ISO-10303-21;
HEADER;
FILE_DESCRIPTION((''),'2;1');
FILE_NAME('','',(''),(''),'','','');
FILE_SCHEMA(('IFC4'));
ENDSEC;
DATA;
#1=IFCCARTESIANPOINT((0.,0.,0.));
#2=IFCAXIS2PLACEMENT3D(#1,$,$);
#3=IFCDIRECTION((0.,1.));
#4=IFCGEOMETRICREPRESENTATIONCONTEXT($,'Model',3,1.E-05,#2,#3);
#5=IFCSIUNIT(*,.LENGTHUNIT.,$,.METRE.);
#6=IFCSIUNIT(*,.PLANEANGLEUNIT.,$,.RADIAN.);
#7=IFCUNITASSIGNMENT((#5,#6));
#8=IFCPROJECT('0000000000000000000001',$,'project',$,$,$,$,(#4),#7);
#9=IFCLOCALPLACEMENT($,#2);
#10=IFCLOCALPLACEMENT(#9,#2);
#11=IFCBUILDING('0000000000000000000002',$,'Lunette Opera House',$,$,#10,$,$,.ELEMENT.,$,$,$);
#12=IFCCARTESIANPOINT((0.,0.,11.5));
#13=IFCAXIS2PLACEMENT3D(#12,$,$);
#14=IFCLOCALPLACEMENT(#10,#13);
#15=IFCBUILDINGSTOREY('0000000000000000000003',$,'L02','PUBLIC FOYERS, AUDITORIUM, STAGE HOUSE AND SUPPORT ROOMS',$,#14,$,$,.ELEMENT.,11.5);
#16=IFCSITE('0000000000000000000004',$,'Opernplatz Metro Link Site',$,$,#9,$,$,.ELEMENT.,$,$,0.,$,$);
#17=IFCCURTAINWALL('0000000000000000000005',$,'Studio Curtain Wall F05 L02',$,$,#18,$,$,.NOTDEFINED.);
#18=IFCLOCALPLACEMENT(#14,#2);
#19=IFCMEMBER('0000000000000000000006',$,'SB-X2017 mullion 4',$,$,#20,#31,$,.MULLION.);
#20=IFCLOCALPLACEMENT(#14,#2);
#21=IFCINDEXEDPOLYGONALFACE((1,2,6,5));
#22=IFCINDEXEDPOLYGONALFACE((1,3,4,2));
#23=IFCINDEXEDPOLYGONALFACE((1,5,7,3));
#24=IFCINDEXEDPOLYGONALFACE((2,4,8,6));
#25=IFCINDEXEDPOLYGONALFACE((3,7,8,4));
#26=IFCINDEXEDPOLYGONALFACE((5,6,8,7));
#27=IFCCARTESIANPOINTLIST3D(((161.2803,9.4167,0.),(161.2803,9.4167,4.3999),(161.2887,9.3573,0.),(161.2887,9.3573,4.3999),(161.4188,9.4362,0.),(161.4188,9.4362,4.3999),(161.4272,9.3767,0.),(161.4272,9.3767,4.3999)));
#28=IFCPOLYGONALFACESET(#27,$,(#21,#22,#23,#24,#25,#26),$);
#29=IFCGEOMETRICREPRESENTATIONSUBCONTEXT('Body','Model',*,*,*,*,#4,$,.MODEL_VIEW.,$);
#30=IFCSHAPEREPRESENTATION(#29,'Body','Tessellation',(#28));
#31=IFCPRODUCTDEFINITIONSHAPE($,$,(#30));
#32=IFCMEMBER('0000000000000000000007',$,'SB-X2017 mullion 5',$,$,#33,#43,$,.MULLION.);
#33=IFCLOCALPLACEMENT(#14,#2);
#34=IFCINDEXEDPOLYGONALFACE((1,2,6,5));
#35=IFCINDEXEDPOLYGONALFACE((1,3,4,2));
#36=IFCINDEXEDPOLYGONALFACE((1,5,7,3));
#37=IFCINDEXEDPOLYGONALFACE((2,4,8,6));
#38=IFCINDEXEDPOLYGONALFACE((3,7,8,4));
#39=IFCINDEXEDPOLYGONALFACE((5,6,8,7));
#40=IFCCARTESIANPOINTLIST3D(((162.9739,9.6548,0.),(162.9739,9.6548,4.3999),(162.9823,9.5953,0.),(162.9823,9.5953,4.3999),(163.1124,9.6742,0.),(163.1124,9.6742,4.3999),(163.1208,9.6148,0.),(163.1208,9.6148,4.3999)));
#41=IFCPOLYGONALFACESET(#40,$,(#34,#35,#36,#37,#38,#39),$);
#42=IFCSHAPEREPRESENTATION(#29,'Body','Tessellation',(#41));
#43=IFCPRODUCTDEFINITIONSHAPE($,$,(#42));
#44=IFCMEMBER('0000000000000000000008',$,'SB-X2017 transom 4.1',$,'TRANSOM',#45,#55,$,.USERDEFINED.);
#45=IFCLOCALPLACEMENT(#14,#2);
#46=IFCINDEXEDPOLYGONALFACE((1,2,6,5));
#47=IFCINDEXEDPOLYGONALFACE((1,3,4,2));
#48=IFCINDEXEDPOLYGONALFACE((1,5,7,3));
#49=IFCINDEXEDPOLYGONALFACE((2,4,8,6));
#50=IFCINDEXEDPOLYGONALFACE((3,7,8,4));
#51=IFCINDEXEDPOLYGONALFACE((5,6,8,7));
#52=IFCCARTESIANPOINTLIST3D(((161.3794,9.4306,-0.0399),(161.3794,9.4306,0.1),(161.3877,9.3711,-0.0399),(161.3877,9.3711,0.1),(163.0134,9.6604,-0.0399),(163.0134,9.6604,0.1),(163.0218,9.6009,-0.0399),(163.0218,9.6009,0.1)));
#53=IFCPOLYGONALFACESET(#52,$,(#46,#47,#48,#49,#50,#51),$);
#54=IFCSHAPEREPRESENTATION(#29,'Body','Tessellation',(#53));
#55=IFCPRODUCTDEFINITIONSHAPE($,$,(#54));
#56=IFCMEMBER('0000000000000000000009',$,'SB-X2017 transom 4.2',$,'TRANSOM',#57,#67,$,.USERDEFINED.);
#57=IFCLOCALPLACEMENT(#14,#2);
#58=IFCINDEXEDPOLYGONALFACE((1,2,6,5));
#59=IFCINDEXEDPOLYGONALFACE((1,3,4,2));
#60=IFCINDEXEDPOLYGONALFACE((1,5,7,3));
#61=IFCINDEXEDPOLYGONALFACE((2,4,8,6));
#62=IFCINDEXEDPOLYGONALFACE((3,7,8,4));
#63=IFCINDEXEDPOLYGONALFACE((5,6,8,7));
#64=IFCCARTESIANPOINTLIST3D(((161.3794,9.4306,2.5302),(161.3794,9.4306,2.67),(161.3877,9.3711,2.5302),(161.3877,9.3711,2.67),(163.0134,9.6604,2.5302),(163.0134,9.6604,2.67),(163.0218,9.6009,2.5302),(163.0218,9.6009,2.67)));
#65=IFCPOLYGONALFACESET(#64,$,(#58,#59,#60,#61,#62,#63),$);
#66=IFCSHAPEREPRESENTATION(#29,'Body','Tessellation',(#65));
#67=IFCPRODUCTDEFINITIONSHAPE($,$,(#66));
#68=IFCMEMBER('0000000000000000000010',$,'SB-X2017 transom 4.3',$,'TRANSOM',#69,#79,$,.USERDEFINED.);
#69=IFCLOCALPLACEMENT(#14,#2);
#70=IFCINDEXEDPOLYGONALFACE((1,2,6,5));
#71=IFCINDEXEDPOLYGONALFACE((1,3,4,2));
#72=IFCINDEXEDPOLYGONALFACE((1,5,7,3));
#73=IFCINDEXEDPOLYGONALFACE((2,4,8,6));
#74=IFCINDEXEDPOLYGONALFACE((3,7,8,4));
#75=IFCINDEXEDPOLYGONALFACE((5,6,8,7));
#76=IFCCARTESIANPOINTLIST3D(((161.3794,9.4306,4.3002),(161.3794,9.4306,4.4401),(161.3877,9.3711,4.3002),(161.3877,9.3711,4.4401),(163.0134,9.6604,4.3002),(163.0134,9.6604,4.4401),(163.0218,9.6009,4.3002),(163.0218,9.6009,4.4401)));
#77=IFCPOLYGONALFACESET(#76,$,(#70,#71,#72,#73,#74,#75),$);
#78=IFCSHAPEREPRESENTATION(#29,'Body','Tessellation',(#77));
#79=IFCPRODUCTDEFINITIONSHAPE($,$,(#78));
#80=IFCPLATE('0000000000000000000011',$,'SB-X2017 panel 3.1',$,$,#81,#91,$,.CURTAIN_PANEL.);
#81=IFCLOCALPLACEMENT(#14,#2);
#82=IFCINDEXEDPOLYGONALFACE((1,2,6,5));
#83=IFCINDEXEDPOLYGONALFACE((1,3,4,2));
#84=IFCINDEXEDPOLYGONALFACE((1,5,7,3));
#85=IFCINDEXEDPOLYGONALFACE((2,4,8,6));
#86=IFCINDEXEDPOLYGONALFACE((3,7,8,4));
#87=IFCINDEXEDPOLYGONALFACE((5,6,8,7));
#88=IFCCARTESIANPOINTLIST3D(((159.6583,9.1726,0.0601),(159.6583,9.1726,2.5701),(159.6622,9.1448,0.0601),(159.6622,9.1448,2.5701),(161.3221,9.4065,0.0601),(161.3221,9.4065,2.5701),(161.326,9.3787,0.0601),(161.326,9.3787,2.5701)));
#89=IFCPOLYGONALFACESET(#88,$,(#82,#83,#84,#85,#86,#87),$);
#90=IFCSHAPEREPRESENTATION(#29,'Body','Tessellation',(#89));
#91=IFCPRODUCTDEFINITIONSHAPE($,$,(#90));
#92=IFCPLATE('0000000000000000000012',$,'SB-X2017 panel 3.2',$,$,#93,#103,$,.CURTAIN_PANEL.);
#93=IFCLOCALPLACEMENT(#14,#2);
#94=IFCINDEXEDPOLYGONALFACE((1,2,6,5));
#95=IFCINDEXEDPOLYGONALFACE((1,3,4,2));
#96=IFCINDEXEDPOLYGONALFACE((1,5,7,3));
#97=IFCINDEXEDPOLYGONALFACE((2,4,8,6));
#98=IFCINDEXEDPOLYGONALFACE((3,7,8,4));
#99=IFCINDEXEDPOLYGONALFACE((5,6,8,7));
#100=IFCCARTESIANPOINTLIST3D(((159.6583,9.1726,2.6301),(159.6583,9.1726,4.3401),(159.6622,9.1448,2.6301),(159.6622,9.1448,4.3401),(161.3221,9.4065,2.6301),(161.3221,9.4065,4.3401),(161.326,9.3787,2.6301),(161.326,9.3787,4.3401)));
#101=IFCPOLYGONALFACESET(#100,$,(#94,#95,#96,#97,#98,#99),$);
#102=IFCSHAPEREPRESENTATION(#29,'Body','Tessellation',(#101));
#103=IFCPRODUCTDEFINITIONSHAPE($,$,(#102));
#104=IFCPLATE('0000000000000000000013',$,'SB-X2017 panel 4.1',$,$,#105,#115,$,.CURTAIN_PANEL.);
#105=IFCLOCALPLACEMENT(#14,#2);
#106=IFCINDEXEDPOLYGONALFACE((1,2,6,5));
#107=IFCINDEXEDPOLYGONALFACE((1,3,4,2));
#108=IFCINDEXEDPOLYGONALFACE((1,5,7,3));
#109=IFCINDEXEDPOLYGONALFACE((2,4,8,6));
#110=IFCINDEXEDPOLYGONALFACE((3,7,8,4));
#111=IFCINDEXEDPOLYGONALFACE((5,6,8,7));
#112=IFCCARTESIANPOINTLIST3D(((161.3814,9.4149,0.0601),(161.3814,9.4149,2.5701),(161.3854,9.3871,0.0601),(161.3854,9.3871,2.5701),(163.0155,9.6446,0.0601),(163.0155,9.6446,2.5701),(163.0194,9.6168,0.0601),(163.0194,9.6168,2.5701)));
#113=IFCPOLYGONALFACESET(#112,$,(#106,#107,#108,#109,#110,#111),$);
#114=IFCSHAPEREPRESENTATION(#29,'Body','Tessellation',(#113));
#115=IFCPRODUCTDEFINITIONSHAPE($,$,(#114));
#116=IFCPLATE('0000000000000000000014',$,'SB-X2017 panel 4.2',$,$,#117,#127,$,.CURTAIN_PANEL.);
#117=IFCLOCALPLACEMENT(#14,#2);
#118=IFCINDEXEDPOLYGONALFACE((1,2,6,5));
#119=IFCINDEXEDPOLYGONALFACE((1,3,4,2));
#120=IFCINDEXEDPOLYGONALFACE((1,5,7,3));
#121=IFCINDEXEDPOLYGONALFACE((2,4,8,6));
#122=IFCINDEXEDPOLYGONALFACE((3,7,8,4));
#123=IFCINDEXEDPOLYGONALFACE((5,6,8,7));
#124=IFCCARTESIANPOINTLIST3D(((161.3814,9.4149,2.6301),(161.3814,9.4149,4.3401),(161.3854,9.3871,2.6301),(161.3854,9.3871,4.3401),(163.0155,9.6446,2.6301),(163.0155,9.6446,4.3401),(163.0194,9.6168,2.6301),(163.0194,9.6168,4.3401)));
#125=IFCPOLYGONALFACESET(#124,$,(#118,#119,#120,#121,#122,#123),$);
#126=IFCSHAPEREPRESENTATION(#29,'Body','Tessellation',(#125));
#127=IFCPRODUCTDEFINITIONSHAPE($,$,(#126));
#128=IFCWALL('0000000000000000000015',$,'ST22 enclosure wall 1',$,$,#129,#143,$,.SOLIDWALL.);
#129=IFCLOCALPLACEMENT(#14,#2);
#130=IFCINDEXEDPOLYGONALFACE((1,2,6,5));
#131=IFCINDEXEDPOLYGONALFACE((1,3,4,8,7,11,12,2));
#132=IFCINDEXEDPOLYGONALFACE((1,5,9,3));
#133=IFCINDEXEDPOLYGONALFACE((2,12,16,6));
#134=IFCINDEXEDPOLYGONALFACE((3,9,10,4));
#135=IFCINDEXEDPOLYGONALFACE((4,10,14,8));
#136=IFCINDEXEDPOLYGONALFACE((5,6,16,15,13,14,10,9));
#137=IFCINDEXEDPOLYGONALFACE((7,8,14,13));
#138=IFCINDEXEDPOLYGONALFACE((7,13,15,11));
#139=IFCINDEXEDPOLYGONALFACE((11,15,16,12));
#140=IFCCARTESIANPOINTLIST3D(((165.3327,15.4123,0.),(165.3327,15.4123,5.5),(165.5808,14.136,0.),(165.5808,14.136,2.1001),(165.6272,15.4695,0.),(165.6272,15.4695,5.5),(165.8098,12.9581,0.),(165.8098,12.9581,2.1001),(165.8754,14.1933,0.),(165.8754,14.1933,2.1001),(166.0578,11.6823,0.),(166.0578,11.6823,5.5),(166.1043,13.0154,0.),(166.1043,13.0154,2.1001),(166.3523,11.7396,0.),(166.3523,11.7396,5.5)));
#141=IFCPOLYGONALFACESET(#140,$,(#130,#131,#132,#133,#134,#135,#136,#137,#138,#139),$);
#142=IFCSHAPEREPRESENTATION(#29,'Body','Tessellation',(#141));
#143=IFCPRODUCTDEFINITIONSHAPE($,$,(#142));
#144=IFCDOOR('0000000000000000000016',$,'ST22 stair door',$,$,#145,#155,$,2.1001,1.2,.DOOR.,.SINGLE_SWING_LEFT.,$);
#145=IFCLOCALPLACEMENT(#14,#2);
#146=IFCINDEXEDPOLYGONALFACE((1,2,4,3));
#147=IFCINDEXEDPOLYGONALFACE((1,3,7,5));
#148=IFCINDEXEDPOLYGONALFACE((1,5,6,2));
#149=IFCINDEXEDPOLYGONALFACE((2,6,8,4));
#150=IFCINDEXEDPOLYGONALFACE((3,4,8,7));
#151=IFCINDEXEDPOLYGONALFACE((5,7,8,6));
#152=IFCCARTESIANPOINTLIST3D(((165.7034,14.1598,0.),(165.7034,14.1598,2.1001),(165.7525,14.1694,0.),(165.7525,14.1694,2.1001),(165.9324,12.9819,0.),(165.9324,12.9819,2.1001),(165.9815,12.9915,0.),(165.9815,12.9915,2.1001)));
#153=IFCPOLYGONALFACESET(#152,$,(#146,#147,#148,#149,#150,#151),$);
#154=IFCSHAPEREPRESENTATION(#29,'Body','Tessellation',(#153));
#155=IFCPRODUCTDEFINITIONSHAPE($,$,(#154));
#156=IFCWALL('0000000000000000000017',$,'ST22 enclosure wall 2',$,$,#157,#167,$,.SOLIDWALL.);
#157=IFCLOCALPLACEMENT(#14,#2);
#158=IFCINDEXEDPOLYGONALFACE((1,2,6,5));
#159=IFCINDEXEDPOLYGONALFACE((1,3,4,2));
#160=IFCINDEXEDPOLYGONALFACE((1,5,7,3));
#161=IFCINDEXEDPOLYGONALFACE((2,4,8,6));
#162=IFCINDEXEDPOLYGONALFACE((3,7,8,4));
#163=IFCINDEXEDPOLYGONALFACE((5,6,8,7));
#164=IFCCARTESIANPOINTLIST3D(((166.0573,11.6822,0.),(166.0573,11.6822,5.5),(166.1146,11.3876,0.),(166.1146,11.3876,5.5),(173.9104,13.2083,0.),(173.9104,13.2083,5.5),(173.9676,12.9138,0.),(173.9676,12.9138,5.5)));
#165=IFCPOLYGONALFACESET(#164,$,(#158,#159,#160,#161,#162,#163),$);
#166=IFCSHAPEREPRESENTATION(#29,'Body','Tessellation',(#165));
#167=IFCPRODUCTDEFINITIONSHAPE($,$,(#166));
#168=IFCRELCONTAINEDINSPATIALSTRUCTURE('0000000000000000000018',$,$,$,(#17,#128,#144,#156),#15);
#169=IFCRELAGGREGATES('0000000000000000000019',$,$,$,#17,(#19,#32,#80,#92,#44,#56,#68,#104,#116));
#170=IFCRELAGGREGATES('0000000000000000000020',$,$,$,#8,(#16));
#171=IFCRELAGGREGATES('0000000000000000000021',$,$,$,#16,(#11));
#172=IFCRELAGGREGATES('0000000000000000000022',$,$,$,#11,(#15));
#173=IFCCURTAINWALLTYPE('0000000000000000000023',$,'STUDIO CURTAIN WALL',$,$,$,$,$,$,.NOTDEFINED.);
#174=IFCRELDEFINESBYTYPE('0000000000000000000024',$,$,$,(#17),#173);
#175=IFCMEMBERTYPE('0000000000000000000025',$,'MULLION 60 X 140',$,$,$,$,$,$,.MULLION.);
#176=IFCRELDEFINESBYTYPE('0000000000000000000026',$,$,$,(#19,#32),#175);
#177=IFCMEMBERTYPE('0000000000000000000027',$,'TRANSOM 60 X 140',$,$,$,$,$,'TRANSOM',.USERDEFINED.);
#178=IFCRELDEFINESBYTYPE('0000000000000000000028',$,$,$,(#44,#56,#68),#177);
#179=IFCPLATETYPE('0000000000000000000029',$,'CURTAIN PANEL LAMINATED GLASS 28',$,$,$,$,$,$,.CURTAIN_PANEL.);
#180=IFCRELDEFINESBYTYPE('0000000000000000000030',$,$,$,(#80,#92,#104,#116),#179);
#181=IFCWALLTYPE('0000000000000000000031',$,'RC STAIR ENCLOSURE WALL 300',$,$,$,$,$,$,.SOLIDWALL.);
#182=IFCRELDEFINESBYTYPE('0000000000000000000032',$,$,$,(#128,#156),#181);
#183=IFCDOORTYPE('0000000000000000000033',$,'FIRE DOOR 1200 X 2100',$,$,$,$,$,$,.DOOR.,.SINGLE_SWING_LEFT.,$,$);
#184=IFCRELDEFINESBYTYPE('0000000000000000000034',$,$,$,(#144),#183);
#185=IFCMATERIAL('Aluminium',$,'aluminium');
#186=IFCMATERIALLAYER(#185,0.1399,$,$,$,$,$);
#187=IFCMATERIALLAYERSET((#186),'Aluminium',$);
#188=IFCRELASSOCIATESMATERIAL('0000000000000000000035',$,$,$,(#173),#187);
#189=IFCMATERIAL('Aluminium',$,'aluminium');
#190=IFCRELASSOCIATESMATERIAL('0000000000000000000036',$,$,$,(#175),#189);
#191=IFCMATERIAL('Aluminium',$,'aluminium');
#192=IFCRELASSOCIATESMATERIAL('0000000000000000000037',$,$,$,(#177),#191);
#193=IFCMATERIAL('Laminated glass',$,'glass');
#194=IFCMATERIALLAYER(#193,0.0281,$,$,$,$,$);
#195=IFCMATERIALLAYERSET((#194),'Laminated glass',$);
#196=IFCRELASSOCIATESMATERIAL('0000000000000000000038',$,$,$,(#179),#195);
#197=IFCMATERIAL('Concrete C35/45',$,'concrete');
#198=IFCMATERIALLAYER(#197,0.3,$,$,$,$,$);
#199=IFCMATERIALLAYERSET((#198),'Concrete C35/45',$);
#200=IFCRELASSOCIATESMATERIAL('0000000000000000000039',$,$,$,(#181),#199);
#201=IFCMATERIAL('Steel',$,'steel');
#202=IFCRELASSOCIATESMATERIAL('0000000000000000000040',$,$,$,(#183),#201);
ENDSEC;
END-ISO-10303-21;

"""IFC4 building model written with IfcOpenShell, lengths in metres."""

from ifc_helpers import new_model, si_unit, direction, frame, frame_2d, origin, origin_2d, place, context, subcontext, project, spatial, rectangle, extrude, material, layer, layer_set, material_profile, profile_set, type_object, element, fill, aggregate, save


model = new_model("IFC4")

# Units and contexts
model_context = context("Model", 3, precision=1e-05, world=origin(), true_north=direction((0.0, 1.0)))
body_context = subcontext(model_context, "Body", "Model", "MODEL_VIEW")
ifc_project = project(units=[si_unit("LENGTHUNIT", "METRE"), si_unit("PLANEANGLEUNIT", "RADIAN")], contexts=[model_context])

# Site, building, storey
site_placement = place(None, origin())
site = spatial("IfcSite", under=ifc_project, at=site_placement, Name="Opernplatz Metro Link Site", CompositionType="ELEMENT", RefElevation=0.0)
building_placement = place(site_placement, origin())
building = spatial("IfcBuilding", under=site, at=building_placement, Name="Lunette Opera House", CompositionType="ELEMENT")
storey_placement = place(building_placement, frame((0.0, 0.0, 11.5)))
storey = spatial("IfcBuildingStorey", under=building, at=storey_placement, Name="L02", Description="PUBLIC FOYERS, AUDITORIUM, STAGE HOUSE AND SUPPORT ROOMS", CompositionType="ELEMENT", Elevation=11.5)

# Curtain wall, members, plates
ifc_material_1 = material(Name="Aluminium", Category="aluminium")
ifc_layer_1 = layer(ifc_material_1, 0.1399)
ifc_layer_set_1 = layer_set([ifc_layer_1], Name="Aluminium")
curtain_wall_type = type_object("IfcCurtainWallType", Name="STUDIO CURTAIN WALL", PredefinedType="NOTDEFINED", material=ifc_layer_set_1)
curtain_wall_placement = place(storey_placement, origin())
curtain_wall = element("IfcCurtainWall", 1, at=curtain_wall_placement, inside=storey, type_object=curtain_wall_type, Name="Studio Curtain Wall F05 L02", PredefinedType="NOTDEFINED")
ifc_material_2 = material(Name="Aluminium", Category="aluminium")
ifc_material_profile_1 = material_profile(ifc_material_2, rectangle(XDim=0.0601, YDim=0.1399, at=origin_2d()), Name="MULLION 60 X 140")
ifc_profile_set_1 = profile_set([ifc_material_profile_1], Name="Aluminium")
member_type_1 = type_object("IfcMemberType", Name="MULLION 60 X 140", PredefinedType="MULLION", material=ifc_profile_set_1)
member_1_placement = place(storey_placement, frame((161.3538, 9.3967, 0.0), z_axis=(0.0, 0.0, 1.0), x_axis=(-0.139209, 0.990263, 0.0)))
member_1 = element("IfcMember", 2, at=member_1_placement, type_object=member_type_1, Name="SB-X2017 mullion 4", PredefinedType="MULLION", context=body_context, shape_type="SweptSolid", body=[
    extrude(rectangle(XDim=0.0601, YDim=0.1399, at=origin_2d()), origin(), (0.0, 0.0, 1.0), 4.3999),
])
member_2_placement = place(storey_placement, frame((163.0474, 9.6348, 0.0), z_axis=(0.0, 0.0, 1.0), x_axis=(-0.139209, 0.990263, 0.0)))
member_2 = element("IfcMember", 3, at=member_2_placement, type_object=member_type_1, Name="SB-X2017 mullion 5", PredefinedType="MULLION", context=body_context, shape_type="SweptSolid", body=[
    extrude(rectangle(XDim=0.0601, YDim=0.1399, at=origin_2d()), origin(), (0.0, 0.0, 1.0), 4.3999),
])
ifc_material_3 = material(Name="Aluminium", Category="aluminium")
ifc_material_profile_2 = material_profile(ifc_material_3, rectangle(XDim=0.0601, YDim=0.1399, at=origin_2d()), Name="TRANSOM 60 X 140")
ifc_profile_set_2 = profile_set([ifc_material_profile_2], Name="Aluminium")
member_type_2 = type_object("IfcMemberType", Name="TRANSOM 60 X 140", ElementType="TRANSOM", PredefinedType="USERDEFINED", material=ifc_profile_set_2)
member_3_placement = place(storey_placement, frame((161.3835, 9.4009, 0.03), z_axis=(0.990261, 0.139225, 0.0), x_axis=(-0.139225, 0.990261, 0.0)))
member_3 = element("IfcMember", 4, at=member_3_placement, type_object=member_type_2, Name="SB-X2017 transom 4.1", ObjectType="TRANSOM", PredefinedType="USERDEFINED", context=body_context, shape_type="SweptSolid", body=[
    extrude(rectangle(XDim=0.0601, YDim=0.1399, at=origin_2d()), origin(), (0.0, 0.0, 1.0), 1.6501),
])
member_4_placement = place(storey_placement, frame((161.3835, 9.4009, 2.6001), z_axis=(0.990261, 0.139225, 0.0), x_axis=(-0.139225, 0.990261, 0.0)))
member_4 = element("IfcMember", 5, at=member_4_placement, type_object=member_type_2, Name="SB-X2017 transom 4.2", ObjectType="TRANSOM", PredefinedType="USERDEFINED", context=body_context, shape_type="SweptSolid", body=[
    extrude(rectangle(XDim=0.0601, YDim=0.1399, at=origin_2d()), origin(), (0.0, 0.0, 1.0), 1.6501),
])
member_5_placement = place(storey_placement, frame((161.3835, 9.4009, 4.3701), z_axis=(0.990261, 0.139225, 0.0), x_axis=(-0.139225, 0.990261, 0.0)))
member_5 = element("IfcMember", 6, at=member_5_placement, type_object=member_type_2, Name="SB-X2017 transom 4.3", ObjectType="TRANSOM", PredefinedType="USERDEFINED", context=body_context, shape_type="SweptSolid", body=[
    extrude(rectangle(XDim=0.0601, YDim=0.1399, at=origin_2d()), origin(), (0.0, 0.0, 1.0), 1.6501),
])
ifc_material_4 = material(Name="Laminated glass", Category="glass")
ifc_layer_2 = layer(ifc_material_4, 0.0281)
ifc_layer_set_2 = layer_set([ifc_layer_2], Name="Laminated glass")
plate_type = type_object("IfcPlateType", Name="CURTAIN PANEL LAMINATED GLASS 28", PredefinedType="CURTAIN_PANEL", material=ifc_layer_set_2)
plate_1_placement = place(storey_placement, frame((160.4922, 9.2756, 0.0601), z_axis=(0.0, 0.0, 1.0), x_axis=(0.990263, 0.139209, 0.0)))
plate_1 = element("IfcPlate", 7, at=plate_1_placement, type_object=plate_type, Name="SB-X2017 panel 3.1", PredefinedType="CURTAIN_PANEL", context=body_context, shape_type="SweptSolid", body=[
    extrude(rectangle(XDim=1.6802, YDim=0.0281, at=origin_2d()), origin(), (0.0, 0.0, 1.0), 2.51),
])
plate_2_placement = place(storey_placement, frame((160.4922, 9.2756, 2.6301), z_axis=(0.0, 0.0, 1.0), x_axis=(0.990263, 0.139209, 0.0)))
plate_2 = element("IfcPlate", 8, at=plate_2_placement, type_object=plate_type, Name="SB-X2017 panel 3.2", PredefinedType="CURTAIN_PANEL", context=body_context, shape_type="SweptSolid", body=[
    extrude(rectangle(XDim=1.6802, YDim=0.0281, at=origin_2d()), origin(), (0.0, 0.0, 1.0), 1.71),
])
plate_3_placement = place(storey_placement, frame((162.2004, 9.5159, 0.0601), z_axis=(0.0, 0.0, 1.0), x_axis=(0.990263, 0.139209, 0.0)))
plate_3 = element("IfcPlate", 9, at=plate_3_placement, type_object=plate_type, Name="SB-X2017 panel 4.1", PredefinedType="CURTAIN_PANEL", context=body_context, shape_type="SweptSolid", body=[
    extrude(rectangle(XDim=1.6501, YDim=0.0281, at=origin_2d()), origin(), (0.0, 0.0, 1.0), 2.51),
])
plate_4_placement = place(storey_placement, frame((162.2004, 9.5159, 2.6301), z_axis=(0.0, 0.0, 1.0), x_axis=(0.990263, 0.139209, 0.0)))
plate_4 = element("IfcPlate", 10, at=plate_4_placement, type_object=plate_type, Name="SB-X2017 panel 4.2", PredefinedType="CURTAIN_PANEL", context=body_context, shape_type="SweptSolid", body=[
    extrude(rectangle(XDim=1.6501, YDim=0.0281, at=origin_2d()), origin(), (0.0, 0.0, 1.0), 1.71),
])
aggregate(curtain_wall, [member_1, member_2, plate_1, plate_2, member_3, member_4, member_5, plate_3, plate_4])

# Wall, opening, door
ifc_material_5 = material(Name="Concrete C35/45", Category="concrete")
ifc_layer_3 = layer(ifc_material_5, 0.3)
ifc_layer_set_3 = layer_set([ifc_layer_3], Name="Concrete C35/45")
wall_type_1 = type_object("IfcWallType", Name="RC STAIR ENCLOSURE WALL 300", PredefinedType="SOLIDWALL", material=ifc_layer_set_3)
wall_1_placement = place(storey_placement, frame((165.48, 15.4409, 0.0), z_axis=(0.0, 0.0, 1.0), x_axis=(0.190825, -0.981624, 0.0)))
wall_1 = element("IfcWall", 11, at=wall_1_placement, inside=storey, type_object=wall_type_1, Name="ST22 enclosure wall 1", PredefinedType="SOLIDWALL", context=body_context, shape_type="SweptSolid", body=[
    extrude(rectangle(XDim=3.7998, YDim=0.3, at=frame_2d((1.8999, 0.0))), origin(), (0.0, 0.0, 1.0), 5.5),
])
opening_1_placement = place(wall_1_placement, frame((1.3, 0.0, 0.0)))
opening_1 = element("IfcOpeningElement", 12, at=opening_1_placement, cuts=wall_1, PredefinedType="OPENING", context=body_context, shape_type="SweptSolid", body=[
    extrude(rectangle(XDim=1.2, YDim=2.1001, at=frame_2d((0.6001, 1.05))), frame((0.0, 0.1621, 0.0), z_axis=(0.0, -1.0, 0.0), x_axis=(1.0, 0.0, 0.0)), (0.0, 0.0, 1.0), 0.324),
])
ifc_material_6 = material(Name="Steel", Category="steel")
door_type = type_object("IfcDoorType", Name="FIRE DOOR 1200 X 2100", OperationType="SINGLE_SWING_LEFT", PredefinedType="DOOR", material=ifc_material_6)
door_placement = place(opening_1_placement, origin())
door = element("IfcDoor", 13, at=door_placement, inside=storey, type_object=door_type, Name="ST22 stair door", OperationType="SINGLE_SWING_LEFT", OverallHeight=2.1001, OverallWidth=1.2, PredefinedType="DOOR", context=body_context, shape_type="SweptSolid", body=[
    extrude(rectangle(XDim=1.2, YDim=2.1001, at=frame_2d((0.6001, 1.05))), frame((0.0, 0.0249, 0.0), z_axis=(0.0, -1.0, 0.0), x_axis=(1.0, 0.0, 0.0)), (0.0, 0.0, 1.0), 0.05),
])
fill(opening_1, door)

# Wall
wall_2_placement = place(storey_placement, frame((166.0859, 11.5349, 0.0), z_axis=(0.0, 0.0, 1.0), x_axis=(0.981635, 0.190767, 0.0)))
element("IfcWall", 14, at=wall_2_placement, inside=storey, type_object=wall_type_1, Name="ST22 enclosure wall 2", PredefinedType="SOLIDWALL", context=body_context, shape_type="SweptSolid", body=[
    extrude(rectangle(XDim=8.0, YDim=0.3, at=frame_2d((4.0, 0.0))), origin(), (0.0, 0.0, 1.0), 5.5),
])

save(model, "model.ifc")
